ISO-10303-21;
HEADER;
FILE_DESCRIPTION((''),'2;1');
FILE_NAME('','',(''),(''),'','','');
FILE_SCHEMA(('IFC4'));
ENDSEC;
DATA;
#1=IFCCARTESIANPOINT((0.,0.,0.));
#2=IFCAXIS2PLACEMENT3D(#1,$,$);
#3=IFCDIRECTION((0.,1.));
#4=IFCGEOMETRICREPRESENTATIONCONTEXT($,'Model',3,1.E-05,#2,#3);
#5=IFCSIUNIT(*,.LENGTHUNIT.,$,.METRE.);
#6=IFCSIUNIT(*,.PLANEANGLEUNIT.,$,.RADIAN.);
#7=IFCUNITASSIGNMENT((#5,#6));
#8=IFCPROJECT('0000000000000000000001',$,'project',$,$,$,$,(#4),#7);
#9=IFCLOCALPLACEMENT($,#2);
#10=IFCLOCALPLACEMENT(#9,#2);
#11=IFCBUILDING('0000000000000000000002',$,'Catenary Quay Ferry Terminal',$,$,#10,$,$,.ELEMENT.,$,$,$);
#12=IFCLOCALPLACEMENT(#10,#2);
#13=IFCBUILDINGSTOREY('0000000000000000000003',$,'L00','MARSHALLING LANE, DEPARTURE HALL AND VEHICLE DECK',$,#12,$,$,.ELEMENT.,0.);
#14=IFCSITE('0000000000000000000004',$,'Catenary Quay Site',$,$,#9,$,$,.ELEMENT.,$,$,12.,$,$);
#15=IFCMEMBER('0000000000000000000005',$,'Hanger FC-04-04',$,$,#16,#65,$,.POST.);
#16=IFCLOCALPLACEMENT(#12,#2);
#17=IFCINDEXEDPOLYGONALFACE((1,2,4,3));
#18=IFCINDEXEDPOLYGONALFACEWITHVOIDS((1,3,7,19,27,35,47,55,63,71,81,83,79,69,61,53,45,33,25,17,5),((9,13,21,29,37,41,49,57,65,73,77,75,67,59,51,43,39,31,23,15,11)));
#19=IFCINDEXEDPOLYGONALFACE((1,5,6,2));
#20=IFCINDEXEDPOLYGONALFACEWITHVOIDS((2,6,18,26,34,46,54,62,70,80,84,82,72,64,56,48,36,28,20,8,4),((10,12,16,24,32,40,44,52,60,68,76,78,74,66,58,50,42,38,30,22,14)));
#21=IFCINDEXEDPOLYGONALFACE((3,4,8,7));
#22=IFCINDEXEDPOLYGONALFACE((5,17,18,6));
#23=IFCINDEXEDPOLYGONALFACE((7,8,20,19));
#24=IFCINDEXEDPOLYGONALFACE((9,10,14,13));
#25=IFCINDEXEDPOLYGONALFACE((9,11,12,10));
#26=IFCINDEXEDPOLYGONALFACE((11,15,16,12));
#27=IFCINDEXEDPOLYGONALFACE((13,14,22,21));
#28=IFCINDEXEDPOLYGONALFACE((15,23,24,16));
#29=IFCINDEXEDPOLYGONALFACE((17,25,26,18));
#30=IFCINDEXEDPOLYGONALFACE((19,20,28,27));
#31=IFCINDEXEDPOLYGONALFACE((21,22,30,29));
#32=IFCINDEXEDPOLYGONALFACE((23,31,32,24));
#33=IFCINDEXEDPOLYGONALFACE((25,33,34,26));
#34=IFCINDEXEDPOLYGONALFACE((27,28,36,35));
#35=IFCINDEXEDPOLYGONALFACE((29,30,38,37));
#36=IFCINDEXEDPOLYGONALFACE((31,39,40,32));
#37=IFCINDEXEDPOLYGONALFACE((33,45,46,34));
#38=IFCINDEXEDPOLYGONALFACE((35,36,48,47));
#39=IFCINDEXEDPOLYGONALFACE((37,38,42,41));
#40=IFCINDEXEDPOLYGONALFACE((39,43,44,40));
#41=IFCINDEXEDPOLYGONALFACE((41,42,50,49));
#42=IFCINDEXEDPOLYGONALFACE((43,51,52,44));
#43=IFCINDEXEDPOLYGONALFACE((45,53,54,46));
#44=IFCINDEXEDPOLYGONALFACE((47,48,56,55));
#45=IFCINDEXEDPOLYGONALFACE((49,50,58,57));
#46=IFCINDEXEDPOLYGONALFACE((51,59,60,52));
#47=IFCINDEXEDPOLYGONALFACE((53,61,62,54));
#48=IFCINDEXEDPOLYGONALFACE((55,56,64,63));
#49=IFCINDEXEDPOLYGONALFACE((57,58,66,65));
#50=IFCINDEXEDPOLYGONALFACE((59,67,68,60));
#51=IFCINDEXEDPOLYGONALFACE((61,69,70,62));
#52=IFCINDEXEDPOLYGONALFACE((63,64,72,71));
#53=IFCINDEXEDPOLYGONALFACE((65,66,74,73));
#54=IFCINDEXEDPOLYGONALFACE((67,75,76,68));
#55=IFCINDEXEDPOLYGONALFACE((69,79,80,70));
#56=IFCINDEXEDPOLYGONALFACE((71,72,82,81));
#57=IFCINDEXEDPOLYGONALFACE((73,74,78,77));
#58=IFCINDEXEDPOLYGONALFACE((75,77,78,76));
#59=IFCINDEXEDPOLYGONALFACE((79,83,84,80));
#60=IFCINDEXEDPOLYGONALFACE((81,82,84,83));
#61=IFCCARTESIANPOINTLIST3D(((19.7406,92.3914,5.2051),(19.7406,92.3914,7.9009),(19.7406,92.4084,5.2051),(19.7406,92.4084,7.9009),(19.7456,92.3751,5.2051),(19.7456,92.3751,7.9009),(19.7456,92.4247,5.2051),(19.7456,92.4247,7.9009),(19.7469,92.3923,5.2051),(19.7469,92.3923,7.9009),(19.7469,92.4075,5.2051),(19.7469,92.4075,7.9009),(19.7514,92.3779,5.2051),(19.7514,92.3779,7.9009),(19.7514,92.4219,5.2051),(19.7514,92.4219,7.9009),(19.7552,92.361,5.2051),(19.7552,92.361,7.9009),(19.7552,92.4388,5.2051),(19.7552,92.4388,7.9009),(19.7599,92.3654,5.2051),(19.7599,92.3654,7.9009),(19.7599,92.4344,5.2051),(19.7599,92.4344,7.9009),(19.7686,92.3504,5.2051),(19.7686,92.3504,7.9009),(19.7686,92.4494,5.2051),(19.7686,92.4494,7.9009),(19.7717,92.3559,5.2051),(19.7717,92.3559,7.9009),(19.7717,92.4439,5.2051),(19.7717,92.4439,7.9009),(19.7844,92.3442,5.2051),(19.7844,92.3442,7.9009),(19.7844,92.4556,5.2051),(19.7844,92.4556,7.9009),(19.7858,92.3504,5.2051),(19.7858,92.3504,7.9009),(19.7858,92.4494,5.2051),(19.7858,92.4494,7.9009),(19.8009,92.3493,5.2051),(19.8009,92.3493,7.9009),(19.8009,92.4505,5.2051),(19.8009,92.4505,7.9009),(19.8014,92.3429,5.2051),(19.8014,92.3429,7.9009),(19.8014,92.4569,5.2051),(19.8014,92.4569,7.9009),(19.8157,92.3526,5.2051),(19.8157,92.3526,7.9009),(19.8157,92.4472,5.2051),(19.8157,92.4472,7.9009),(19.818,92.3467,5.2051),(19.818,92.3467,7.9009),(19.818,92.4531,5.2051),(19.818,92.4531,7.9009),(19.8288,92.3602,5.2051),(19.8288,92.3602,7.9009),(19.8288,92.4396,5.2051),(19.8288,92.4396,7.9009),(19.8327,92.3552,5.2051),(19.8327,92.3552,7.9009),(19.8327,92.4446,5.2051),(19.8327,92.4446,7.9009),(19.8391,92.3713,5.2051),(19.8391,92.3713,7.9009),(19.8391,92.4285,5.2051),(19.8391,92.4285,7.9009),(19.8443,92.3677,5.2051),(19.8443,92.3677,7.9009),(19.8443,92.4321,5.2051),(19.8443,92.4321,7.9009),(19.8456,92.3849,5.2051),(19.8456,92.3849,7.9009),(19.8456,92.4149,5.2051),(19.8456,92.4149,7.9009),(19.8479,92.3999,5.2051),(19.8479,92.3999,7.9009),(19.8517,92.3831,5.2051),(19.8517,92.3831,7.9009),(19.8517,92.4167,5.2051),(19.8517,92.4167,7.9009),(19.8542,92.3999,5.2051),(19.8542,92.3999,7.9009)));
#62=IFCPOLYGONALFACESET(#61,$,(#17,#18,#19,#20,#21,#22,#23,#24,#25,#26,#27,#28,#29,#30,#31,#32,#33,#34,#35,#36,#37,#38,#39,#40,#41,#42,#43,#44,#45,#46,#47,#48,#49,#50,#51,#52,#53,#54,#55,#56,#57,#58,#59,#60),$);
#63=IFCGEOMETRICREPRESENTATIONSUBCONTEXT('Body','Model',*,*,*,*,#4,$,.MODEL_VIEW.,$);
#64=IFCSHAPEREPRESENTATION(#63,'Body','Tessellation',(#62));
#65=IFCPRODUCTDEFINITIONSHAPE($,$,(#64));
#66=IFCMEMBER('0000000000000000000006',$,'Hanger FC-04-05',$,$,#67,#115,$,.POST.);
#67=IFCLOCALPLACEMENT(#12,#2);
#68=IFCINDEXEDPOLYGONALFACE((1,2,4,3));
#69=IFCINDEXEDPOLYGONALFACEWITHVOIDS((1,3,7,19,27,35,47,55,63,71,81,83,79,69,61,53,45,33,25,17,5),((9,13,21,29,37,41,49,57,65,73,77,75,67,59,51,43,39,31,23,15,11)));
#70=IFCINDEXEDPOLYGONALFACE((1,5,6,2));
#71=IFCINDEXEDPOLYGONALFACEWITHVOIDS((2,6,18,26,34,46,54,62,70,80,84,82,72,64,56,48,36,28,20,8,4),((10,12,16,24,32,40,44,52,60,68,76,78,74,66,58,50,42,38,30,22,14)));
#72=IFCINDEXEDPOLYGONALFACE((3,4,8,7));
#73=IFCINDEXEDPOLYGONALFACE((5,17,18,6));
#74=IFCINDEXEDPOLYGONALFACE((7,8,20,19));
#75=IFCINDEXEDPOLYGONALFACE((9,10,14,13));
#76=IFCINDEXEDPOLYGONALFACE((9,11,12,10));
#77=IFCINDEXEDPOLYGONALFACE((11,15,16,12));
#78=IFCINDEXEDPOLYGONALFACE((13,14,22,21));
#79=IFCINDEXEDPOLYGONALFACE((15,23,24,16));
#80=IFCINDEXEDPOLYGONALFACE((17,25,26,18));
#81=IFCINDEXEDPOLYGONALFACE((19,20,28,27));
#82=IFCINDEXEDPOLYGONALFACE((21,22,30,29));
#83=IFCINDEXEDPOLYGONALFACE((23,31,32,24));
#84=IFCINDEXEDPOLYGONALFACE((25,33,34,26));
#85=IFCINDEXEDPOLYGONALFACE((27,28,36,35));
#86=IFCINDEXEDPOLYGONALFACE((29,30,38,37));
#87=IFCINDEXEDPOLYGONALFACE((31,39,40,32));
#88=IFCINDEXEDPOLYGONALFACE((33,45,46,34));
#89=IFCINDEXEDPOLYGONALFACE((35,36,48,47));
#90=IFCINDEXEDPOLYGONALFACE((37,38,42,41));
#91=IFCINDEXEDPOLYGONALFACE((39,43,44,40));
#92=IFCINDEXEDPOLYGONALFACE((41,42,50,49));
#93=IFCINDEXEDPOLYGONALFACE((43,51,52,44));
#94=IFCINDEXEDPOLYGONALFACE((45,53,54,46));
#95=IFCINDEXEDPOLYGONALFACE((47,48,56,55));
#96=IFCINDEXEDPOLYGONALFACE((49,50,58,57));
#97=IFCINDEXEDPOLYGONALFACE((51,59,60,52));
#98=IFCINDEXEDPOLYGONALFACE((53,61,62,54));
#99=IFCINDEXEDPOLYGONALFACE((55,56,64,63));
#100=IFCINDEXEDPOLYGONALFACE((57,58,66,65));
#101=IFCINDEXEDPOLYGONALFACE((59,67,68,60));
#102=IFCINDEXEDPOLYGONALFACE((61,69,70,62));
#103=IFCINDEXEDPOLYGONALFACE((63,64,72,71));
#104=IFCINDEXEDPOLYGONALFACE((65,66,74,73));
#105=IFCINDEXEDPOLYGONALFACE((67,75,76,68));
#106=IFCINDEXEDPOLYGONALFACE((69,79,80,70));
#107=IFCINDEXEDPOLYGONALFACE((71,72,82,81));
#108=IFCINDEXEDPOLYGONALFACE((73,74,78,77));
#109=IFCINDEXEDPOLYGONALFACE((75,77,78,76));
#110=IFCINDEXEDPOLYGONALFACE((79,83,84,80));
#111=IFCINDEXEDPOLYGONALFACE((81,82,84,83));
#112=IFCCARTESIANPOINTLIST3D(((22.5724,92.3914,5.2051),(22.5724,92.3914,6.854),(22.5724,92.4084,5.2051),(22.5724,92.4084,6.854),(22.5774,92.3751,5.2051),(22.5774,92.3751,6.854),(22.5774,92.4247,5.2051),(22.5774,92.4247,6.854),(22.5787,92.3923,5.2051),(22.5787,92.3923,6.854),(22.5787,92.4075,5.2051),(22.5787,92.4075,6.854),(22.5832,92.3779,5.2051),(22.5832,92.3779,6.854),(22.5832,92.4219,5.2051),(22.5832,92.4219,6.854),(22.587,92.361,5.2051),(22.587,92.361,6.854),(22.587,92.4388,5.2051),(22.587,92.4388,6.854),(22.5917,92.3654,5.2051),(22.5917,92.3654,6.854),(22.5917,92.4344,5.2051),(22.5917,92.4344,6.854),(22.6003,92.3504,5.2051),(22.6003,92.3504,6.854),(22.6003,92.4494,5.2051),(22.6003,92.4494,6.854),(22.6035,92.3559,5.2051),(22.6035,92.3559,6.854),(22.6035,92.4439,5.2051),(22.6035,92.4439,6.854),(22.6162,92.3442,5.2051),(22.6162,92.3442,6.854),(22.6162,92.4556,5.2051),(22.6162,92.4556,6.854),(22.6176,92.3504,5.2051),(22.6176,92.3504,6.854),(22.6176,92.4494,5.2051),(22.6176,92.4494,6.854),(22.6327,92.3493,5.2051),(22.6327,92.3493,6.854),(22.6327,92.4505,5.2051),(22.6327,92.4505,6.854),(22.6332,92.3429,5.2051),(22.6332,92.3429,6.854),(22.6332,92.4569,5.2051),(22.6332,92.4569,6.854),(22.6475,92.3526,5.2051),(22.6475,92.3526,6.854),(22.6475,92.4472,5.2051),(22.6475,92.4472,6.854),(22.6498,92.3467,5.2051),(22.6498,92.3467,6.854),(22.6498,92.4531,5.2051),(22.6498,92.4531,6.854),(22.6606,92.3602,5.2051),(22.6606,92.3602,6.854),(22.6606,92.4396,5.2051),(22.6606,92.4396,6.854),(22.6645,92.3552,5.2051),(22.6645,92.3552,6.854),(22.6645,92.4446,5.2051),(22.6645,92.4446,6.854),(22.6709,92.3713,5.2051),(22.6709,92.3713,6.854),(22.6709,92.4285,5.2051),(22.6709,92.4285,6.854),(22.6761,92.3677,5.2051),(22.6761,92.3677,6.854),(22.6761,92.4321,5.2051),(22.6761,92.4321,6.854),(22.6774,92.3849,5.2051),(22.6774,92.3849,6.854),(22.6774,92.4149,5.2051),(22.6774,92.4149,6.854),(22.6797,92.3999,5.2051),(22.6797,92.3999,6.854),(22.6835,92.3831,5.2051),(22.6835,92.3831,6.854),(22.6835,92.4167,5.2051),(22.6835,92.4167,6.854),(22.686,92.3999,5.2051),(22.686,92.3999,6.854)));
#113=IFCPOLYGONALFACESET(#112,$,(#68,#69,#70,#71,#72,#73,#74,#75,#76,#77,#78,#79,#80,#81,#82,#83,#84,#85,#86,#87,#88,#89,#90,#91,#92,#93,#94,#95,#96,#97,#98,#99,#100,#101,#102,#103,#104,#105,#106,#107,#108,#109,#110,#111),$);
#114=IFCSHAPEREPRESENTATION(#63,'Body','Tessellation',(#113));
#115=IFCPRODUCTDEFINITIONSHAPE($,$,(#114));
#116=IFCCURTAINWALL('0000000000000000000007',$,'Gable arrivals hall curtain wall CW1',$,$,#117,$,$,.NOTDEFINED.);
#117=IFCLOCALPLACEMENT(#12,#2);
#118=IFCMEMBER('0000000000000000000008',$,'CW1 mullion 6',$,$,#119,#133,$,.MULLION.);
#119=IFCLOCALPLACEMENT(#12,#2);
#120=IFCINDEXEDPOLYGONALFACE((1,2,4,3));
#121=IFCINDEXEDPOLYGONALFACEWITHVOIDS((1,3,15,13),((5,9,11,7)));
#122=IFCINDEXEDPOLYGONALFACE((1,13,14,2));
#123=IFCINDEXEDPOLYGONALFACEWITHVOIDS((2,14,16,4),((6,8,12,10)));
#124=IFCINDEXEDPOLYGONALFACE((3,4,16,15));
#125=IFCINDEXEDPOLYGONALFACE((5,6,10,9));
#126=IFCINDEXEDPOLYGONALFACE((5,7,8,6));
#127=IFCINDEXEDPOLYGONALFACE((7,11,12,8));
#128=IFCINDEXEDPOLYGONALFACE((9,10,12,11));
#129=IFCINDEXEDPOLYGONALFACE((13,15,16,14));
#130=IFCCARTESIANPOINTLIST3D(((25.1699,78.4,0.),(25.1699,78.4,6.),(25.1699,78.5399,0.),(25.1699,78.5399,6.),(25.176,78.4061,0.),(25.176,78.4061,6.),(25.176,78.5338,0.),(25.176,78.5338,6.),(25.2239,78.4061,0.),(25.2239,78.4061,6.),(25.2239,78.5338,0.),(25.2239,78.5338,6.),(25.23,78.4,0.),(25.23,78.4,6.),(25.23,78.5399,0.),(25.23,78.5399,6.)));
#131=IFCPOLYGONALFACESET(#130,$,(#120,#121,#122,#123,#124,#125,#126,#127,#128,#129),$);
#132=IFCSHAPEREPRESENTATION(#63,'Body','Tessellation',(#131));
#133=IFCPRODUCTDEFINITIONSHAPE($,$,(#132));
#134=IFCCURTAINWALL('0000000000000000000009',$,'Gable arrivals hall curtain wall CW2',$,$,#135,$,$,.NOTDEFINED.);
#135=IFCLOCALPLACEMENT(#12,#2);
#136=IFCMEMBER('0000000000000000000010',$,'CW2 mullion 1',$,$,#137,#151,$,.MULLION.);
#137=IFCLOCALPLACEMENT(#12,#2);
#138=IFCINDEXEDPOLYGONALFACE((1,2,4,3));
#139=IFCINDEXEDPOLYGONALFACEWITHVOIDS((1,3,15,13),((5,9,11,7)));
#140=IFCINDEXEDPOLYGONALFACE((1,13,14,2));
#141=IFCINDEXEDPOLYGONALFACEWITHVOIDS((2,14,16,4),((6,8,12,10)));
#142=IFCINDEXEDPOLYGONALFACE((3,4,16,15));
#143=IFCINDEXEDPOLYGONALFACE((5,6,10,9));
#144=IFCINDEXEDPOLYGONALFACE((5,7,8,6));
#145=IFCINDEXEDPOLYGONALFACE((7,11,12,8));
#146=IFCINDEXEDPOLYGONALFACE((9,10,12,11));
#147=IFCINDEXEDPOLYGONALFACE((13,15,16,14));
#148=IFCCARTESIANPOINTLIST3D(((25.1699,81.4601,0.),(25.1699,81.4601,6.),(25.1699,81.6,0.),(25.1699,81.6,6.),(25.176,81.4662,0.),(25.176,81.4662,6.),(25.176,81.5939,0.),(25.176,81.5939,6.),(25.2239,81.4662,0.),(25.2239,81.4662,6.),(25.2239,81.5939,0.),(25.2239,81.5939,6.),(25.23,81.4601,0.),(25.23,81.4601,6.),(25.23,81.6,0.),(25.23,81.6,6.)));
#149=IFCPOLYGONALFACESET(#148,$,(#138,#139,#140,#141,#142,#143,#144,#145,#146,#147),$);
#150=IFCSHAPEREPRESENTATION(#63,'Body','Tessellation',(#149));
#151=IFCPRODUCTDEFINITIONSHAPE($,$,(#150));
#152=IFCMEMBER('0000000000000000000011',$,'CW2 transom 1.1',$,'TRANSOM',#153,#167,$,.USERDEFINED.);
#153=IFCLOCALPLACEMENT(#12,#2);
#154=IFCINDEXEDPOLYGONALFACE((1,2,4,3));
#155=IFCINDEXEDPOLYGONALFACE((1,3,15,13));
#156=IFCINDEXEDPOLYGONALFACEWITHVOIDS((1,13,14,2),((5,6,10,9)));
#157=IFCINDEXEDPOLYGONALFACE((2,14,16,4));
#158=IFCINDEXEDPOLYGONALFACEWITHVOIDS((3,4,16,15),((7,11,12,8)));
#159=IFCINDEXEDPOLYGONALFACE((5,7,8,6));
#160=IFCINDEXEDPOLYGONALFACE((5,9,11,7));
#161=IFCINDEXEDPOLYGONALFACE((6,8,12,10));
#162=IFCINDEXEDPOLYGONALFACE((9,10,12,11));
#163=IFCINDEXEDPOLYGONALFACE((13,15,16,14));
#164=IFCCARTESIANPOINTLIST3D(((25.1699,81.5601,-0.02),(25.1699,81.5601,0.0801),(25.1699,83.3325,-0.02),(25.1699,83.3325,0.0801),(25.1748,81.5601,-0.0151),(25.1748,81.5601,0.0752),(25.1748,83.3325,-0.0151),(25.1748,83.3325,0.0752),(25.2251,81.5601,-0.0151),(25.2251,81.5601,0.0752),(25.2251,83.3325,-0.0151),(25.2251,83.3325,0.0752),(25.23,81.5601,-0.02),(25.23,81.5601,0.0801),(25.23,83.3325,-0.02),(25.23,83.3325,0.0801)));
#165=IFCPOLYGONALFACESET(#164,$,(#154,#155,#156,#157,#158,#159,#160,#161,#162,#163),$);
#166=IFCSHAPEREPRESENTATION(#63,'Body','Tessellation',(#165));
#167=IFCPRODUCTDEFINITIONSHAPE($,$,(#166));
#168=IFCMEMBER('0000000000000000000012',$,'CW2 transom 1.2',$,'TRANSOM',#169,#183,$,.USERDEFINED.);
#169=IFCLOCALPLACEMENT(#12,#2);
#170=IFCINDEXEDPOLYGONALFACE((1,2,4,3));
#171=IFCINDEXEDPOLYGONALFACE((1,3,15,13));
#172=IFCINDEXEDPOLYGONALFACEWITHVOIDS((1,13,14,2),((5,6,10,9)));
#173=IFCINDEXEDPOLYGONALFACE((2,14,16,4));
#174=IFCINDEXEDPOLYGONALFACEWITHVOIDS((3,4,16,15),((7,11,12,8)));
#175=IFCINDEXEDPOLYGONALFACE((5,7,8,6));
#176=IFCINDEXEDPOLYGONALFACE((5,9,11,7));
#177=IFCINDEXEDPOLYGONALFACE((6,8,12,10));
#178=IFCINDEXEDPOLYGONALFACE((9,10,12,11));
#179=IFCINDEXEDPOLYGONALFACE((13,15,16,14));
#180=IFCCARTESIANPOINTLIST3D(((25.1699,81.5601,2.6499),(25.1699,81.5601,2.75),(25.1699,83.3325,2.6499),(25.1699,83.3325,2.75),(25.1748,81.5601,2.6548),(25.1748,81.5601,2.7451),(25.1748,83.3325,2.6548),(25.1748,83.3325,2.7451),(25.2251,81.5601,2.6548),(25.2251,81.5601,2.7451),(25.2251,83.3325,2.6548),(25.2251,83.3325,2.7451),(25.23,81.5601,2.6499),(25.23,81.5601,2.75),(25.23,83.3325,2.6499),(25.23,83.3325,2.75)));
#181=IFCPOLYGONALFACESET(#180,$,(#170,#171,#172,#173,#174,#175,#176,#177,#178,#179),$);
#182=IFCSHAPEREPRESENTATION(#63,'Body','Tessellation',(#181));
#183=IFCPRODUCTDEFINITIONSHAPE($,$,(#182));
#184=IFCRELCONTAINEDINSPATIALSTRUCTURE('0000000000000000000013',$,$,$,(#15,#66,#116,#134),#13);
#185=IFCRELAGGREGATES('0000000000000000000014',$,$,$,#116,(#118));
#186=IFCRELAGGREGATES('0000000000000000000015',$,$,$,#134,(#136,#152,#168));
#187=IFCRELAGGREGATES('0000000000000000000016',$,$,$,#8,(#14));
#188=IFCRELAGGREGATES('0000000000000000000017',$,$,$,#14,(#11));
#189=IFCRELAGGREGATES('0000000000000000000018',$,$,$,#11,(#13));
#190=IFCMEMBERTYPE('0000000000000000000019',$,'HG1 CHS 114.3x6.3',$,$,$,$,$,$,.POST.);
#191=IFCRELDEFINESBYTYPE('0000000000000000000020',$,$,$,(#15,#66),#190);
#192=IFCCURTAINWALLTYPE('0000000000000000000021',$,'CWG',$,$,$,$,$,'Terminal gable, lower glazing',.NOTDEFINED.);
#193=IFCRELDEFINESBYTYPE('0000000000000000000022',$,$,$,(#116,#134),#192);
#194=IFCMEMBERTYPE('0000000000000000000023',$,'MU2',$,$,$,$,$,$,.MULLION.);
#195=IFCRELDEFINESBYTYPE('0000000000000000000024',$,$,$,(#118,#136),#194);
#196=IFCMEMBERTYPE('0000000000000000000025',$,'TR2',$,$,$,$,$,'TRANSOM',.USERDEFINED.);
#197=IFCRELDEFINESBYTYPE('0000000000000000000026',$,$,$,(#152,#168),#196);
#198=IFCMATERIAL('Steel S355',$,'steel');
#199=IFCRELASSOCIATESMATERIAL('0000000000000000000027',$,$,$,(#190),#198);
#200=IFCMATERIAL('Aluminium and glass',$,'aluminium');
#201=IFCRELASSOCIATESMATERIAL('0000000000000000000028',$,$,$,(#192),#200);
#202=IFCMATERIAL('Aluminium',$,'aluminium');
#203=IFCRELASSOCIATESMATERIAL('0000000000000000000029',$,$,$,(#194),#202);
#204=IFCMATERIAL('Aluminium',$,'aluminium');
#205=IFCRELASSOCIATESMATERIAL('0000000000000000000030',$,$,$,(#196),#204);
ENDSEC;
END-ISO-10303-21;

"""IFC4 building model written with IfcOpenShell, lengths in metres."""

from ifc_helpers import new_model, si_unit, direction, frame, origin, origin_2d, place, context, subcontext, project, spatial, hollow_rectangle, hollow_circle, extrude, material, material_profile, profile_set, type_object, element, aggregate, save


model = new_model("IFC4")

# Units and contexts
model_context = context("Model", 3, precision=1e-05, world=origin(), true_north=direction((0.0, 1.0)))
body_context = subcontext(model_context, "Body", "Model", "MODEL_VIEW")
ifc_project = project(units=[si_unit("LENGTHUNIT", "METRE"), si_unit("PLANEANGLEUNIT", "RADIAN")], contexts=[model_context])

# Site, building, storey
site_placement = place(None, origin())
site = spatial("IfcSite", under=ifc_project, at=site_placement, Name="Catenary Quay Site", CompositionType="ELEMENT", RefElevation=12.0)
building_placement = place(site_placement, origin())
building = spatial("IfcBuilding", under=site, at=building_placement, Name="Catenary Quay Ferry Terminal", CompositionType="ELEMENT")
storey_placement = place(building_placement, origin())
storey = spatial("IfcBuildingStorey", under=building, at=storey_placement, Name="L00", Description="MARSHALLING LANE, DEPARTURE HALL AND VEHICLE DECK", CompositionType="ELEMENT", Elevation=0.0)

# Members
ifc_material_1 = material(Name="Steel S355", Category="steel")
ifc_material_profile_1 = material_profile(ifc_material_1, hollow_circle(Radius=0.0571, WallThickness=0.0063, at=origin_2d()), Name="CHS 114.3x6.3")
ifc_profile_set_1 = profile_set([ifc_material_profile_1], Name="Steel S355")
member_type_1 = type_object("IfcMemberType", Name="HG1 CHS 114.3x6.3", PredefinedType="POST", material=ifc_profile_set_1)
member_1_placement = place(storey_placement, frame((19.7971, 92.3999, 5.2051), z_axis=(0.0, 0.0, 1.0), x_axis=(1.0, 0.0, 0.0)))
element("IfcMember", 1, at=member_1_placement, inside=storey, type_object=member_type_1, Name="Hanger FC-04-04", PredefinedType="POST", context=body_context, shape_type="SweptSolid", body=[
    extrude(hollow_circle(Radius=0.0571, WallThickness=0.0063, at=origin_2d()), origin(), (0.0, 0.0, 1.0), 2.6958),
])
member_2_placement = place(storey_placement, frame((22.6289, 92.3999, 5.2051), z_axis=(0.0, 0.0, 1.0), x_axis=(1.0, 0.0, 0.0)))
element("IfcMember", 2, at=member_2_placement, inside=storey, type_object=member_type_1, Name="Hanger FC-04-05", PredefinedType="POST", context=body_context, shape_type="SweptSolid", body=[
    extrude(hollow_circle(Radius=0.0571, WallThickness=0.0063, at=origin_2d()), origin(), (0.0, 0.0, 1.0), 1.6489),
])

# Curtain wall, member
ifc_material_2 = material(Name="Aluminium and glass", Category="aluminium")
curtain_wall_type = type_object("IfcCurtainWallType", Name="CWG", ElementType="Terminal gable, lower glazing", PredefinedType="NOTDEFINED", material=ifc_material_2)
curtain_wall_1_placement = place(storey_placement, origin())
curtain_wall_1 = element("IfcCurtainWall", 3, at=curtain_wall_1_placement, inside=storey, type_object=curtain_wall_type, Name="Gable arrivals hall curtain wall CW1", PredefinedType="NOTDEFINED")
ifc_material_3 = material(Name="Aluminium", Category="aluminium")
ifc_material_profile_2 = material_profile(ifc_material_3, hollow_rectangle(XDim=0.0601, YDim=0.1399, WallThickness=0.0061, at=origin_2d()), Name="MU2")
ifc_profile_set_2 = profile_set([ifc_material_profile_2], Name="Aluminium")
member_type_2 = type_object("IfcMemberType", Name="MU2", PredefinedType="MULLION", material=ifc_profile_set_2)
member_3_placement = place(storey_placement, frame((25.2, 78.47, 0.0), z_axis=(0.0, 0.0, 1.0), x_axis=(-1.0, 0.0, 0.0)))
member_3 = element("IfcMember", 4, at=member_3_placement, type_object=member_type_2, Name="CW1 mullion 6", PredefinedType="MULLION", context=body_context, shape_type="SweptSolid", body=[
    extrude(hollow_rectangle(XDim=0.0601, YDim=0.1399, WallThickness=0.0061, at=origin_2d()), origin(), (0.0, 0.0, 1.0), 6.0),
])

# Curtain wall, members
curtain_wall_2_placement = place(storey_placement, origin())
curtain_wall_2 = element("IfcCurtainWall", 5, at=curtain_wall_2_placement, inside=storey, type_object=curtain_wall_type, Name="Gable arrivals hall curtain wall CW2", PredefinedType="NOTDEFINED")
member_4_placement = place(storey_placement, frame((25.2, 81.53, 0.0), z_axis=(0.0, 0.0, 1.0), x_axis=(-1.0, 0.0, 0.0)))
member_4 = element("IfcMember", 6, at=member_4_placement, type_object=member_type_2, Name="CW2 mullion 1", PredefinedType="MULLION", context=body_context, shape_type="SweptSolid", body=[
    extrude(hollow_rectangle(XDim=0.0601, YDim=0.1399, WallThickness=0.0061, at=origin_2d()), origin(), (0.0, 0.0, 1.0), 6.0),
])
ifc_material_4 = material(Name="Aluminium", Category="aluminium")
ifc_material_profile_3 = material_profile(ifc_material_4, hollow_rectangle(XDim=0.0601, YDim=0.1001, WallThickness=0.0049, at=origin_2d()), Name="TR2")
ifc_profile_set_3 = profile_set([ifc_material_profile_3], Name="Aluminium")
member_type_3 = type_object("IfcMemberType", Name="TR2", ElementType="TRANSOM", PredefinedType="USERDEFINED", material=ifc_profile_set_3)
member_5_placement = place(storey_placement, frame((25.2, 81.5601, 0.03), z_axis=(0.0, 1.0, 0.0), x_axis=(-1.0, 0.0, 0.0)))
member_5 = element("IfcMember", 7, at=member_5_placement, type_object=member_type_3, Name="CW2 transom 1.1", ObjectType="TRANSOM", PredefinedType="USERDEFINED", context=body_context, shape_type="SweptSolid", body=[
    extrude(hollow_rectangle(XDim=0.0601, YDim=0.1001, WallThickness=0.0049, at=origin_2d()), origin(), (0.0, 0.0, 1.0), 1.7725),
])
member_6_placement = place(storey_placement, frame((25.2, 81.5601, 2.7), z_axis=(0.0, 1.0, 0.0), x_axis=(-1.0, 0.0, 0.0)))
member_6 = element("IfcMember", 8, at=member_6_placement, type_object=member_type_3, Name="CW2 transom 1.2", ObjectType="TRANSOM", PredefinedType="USERDEFINED", context=body_context, shape_type="SweptSolid", body=[
    extrude(hollow_rectangle(XDim=0.0601, YDim=0.1001, WallThickness=0.0049, at=origin_2d()), origin(), (0.0, 0.0, 1.0), 1.7725),
])

aggregate(curtain_wall_1, [member_3])
aggregate(curtain_wall_2, [member_4, member_5, member_6])

save(model, "model.ifc")
